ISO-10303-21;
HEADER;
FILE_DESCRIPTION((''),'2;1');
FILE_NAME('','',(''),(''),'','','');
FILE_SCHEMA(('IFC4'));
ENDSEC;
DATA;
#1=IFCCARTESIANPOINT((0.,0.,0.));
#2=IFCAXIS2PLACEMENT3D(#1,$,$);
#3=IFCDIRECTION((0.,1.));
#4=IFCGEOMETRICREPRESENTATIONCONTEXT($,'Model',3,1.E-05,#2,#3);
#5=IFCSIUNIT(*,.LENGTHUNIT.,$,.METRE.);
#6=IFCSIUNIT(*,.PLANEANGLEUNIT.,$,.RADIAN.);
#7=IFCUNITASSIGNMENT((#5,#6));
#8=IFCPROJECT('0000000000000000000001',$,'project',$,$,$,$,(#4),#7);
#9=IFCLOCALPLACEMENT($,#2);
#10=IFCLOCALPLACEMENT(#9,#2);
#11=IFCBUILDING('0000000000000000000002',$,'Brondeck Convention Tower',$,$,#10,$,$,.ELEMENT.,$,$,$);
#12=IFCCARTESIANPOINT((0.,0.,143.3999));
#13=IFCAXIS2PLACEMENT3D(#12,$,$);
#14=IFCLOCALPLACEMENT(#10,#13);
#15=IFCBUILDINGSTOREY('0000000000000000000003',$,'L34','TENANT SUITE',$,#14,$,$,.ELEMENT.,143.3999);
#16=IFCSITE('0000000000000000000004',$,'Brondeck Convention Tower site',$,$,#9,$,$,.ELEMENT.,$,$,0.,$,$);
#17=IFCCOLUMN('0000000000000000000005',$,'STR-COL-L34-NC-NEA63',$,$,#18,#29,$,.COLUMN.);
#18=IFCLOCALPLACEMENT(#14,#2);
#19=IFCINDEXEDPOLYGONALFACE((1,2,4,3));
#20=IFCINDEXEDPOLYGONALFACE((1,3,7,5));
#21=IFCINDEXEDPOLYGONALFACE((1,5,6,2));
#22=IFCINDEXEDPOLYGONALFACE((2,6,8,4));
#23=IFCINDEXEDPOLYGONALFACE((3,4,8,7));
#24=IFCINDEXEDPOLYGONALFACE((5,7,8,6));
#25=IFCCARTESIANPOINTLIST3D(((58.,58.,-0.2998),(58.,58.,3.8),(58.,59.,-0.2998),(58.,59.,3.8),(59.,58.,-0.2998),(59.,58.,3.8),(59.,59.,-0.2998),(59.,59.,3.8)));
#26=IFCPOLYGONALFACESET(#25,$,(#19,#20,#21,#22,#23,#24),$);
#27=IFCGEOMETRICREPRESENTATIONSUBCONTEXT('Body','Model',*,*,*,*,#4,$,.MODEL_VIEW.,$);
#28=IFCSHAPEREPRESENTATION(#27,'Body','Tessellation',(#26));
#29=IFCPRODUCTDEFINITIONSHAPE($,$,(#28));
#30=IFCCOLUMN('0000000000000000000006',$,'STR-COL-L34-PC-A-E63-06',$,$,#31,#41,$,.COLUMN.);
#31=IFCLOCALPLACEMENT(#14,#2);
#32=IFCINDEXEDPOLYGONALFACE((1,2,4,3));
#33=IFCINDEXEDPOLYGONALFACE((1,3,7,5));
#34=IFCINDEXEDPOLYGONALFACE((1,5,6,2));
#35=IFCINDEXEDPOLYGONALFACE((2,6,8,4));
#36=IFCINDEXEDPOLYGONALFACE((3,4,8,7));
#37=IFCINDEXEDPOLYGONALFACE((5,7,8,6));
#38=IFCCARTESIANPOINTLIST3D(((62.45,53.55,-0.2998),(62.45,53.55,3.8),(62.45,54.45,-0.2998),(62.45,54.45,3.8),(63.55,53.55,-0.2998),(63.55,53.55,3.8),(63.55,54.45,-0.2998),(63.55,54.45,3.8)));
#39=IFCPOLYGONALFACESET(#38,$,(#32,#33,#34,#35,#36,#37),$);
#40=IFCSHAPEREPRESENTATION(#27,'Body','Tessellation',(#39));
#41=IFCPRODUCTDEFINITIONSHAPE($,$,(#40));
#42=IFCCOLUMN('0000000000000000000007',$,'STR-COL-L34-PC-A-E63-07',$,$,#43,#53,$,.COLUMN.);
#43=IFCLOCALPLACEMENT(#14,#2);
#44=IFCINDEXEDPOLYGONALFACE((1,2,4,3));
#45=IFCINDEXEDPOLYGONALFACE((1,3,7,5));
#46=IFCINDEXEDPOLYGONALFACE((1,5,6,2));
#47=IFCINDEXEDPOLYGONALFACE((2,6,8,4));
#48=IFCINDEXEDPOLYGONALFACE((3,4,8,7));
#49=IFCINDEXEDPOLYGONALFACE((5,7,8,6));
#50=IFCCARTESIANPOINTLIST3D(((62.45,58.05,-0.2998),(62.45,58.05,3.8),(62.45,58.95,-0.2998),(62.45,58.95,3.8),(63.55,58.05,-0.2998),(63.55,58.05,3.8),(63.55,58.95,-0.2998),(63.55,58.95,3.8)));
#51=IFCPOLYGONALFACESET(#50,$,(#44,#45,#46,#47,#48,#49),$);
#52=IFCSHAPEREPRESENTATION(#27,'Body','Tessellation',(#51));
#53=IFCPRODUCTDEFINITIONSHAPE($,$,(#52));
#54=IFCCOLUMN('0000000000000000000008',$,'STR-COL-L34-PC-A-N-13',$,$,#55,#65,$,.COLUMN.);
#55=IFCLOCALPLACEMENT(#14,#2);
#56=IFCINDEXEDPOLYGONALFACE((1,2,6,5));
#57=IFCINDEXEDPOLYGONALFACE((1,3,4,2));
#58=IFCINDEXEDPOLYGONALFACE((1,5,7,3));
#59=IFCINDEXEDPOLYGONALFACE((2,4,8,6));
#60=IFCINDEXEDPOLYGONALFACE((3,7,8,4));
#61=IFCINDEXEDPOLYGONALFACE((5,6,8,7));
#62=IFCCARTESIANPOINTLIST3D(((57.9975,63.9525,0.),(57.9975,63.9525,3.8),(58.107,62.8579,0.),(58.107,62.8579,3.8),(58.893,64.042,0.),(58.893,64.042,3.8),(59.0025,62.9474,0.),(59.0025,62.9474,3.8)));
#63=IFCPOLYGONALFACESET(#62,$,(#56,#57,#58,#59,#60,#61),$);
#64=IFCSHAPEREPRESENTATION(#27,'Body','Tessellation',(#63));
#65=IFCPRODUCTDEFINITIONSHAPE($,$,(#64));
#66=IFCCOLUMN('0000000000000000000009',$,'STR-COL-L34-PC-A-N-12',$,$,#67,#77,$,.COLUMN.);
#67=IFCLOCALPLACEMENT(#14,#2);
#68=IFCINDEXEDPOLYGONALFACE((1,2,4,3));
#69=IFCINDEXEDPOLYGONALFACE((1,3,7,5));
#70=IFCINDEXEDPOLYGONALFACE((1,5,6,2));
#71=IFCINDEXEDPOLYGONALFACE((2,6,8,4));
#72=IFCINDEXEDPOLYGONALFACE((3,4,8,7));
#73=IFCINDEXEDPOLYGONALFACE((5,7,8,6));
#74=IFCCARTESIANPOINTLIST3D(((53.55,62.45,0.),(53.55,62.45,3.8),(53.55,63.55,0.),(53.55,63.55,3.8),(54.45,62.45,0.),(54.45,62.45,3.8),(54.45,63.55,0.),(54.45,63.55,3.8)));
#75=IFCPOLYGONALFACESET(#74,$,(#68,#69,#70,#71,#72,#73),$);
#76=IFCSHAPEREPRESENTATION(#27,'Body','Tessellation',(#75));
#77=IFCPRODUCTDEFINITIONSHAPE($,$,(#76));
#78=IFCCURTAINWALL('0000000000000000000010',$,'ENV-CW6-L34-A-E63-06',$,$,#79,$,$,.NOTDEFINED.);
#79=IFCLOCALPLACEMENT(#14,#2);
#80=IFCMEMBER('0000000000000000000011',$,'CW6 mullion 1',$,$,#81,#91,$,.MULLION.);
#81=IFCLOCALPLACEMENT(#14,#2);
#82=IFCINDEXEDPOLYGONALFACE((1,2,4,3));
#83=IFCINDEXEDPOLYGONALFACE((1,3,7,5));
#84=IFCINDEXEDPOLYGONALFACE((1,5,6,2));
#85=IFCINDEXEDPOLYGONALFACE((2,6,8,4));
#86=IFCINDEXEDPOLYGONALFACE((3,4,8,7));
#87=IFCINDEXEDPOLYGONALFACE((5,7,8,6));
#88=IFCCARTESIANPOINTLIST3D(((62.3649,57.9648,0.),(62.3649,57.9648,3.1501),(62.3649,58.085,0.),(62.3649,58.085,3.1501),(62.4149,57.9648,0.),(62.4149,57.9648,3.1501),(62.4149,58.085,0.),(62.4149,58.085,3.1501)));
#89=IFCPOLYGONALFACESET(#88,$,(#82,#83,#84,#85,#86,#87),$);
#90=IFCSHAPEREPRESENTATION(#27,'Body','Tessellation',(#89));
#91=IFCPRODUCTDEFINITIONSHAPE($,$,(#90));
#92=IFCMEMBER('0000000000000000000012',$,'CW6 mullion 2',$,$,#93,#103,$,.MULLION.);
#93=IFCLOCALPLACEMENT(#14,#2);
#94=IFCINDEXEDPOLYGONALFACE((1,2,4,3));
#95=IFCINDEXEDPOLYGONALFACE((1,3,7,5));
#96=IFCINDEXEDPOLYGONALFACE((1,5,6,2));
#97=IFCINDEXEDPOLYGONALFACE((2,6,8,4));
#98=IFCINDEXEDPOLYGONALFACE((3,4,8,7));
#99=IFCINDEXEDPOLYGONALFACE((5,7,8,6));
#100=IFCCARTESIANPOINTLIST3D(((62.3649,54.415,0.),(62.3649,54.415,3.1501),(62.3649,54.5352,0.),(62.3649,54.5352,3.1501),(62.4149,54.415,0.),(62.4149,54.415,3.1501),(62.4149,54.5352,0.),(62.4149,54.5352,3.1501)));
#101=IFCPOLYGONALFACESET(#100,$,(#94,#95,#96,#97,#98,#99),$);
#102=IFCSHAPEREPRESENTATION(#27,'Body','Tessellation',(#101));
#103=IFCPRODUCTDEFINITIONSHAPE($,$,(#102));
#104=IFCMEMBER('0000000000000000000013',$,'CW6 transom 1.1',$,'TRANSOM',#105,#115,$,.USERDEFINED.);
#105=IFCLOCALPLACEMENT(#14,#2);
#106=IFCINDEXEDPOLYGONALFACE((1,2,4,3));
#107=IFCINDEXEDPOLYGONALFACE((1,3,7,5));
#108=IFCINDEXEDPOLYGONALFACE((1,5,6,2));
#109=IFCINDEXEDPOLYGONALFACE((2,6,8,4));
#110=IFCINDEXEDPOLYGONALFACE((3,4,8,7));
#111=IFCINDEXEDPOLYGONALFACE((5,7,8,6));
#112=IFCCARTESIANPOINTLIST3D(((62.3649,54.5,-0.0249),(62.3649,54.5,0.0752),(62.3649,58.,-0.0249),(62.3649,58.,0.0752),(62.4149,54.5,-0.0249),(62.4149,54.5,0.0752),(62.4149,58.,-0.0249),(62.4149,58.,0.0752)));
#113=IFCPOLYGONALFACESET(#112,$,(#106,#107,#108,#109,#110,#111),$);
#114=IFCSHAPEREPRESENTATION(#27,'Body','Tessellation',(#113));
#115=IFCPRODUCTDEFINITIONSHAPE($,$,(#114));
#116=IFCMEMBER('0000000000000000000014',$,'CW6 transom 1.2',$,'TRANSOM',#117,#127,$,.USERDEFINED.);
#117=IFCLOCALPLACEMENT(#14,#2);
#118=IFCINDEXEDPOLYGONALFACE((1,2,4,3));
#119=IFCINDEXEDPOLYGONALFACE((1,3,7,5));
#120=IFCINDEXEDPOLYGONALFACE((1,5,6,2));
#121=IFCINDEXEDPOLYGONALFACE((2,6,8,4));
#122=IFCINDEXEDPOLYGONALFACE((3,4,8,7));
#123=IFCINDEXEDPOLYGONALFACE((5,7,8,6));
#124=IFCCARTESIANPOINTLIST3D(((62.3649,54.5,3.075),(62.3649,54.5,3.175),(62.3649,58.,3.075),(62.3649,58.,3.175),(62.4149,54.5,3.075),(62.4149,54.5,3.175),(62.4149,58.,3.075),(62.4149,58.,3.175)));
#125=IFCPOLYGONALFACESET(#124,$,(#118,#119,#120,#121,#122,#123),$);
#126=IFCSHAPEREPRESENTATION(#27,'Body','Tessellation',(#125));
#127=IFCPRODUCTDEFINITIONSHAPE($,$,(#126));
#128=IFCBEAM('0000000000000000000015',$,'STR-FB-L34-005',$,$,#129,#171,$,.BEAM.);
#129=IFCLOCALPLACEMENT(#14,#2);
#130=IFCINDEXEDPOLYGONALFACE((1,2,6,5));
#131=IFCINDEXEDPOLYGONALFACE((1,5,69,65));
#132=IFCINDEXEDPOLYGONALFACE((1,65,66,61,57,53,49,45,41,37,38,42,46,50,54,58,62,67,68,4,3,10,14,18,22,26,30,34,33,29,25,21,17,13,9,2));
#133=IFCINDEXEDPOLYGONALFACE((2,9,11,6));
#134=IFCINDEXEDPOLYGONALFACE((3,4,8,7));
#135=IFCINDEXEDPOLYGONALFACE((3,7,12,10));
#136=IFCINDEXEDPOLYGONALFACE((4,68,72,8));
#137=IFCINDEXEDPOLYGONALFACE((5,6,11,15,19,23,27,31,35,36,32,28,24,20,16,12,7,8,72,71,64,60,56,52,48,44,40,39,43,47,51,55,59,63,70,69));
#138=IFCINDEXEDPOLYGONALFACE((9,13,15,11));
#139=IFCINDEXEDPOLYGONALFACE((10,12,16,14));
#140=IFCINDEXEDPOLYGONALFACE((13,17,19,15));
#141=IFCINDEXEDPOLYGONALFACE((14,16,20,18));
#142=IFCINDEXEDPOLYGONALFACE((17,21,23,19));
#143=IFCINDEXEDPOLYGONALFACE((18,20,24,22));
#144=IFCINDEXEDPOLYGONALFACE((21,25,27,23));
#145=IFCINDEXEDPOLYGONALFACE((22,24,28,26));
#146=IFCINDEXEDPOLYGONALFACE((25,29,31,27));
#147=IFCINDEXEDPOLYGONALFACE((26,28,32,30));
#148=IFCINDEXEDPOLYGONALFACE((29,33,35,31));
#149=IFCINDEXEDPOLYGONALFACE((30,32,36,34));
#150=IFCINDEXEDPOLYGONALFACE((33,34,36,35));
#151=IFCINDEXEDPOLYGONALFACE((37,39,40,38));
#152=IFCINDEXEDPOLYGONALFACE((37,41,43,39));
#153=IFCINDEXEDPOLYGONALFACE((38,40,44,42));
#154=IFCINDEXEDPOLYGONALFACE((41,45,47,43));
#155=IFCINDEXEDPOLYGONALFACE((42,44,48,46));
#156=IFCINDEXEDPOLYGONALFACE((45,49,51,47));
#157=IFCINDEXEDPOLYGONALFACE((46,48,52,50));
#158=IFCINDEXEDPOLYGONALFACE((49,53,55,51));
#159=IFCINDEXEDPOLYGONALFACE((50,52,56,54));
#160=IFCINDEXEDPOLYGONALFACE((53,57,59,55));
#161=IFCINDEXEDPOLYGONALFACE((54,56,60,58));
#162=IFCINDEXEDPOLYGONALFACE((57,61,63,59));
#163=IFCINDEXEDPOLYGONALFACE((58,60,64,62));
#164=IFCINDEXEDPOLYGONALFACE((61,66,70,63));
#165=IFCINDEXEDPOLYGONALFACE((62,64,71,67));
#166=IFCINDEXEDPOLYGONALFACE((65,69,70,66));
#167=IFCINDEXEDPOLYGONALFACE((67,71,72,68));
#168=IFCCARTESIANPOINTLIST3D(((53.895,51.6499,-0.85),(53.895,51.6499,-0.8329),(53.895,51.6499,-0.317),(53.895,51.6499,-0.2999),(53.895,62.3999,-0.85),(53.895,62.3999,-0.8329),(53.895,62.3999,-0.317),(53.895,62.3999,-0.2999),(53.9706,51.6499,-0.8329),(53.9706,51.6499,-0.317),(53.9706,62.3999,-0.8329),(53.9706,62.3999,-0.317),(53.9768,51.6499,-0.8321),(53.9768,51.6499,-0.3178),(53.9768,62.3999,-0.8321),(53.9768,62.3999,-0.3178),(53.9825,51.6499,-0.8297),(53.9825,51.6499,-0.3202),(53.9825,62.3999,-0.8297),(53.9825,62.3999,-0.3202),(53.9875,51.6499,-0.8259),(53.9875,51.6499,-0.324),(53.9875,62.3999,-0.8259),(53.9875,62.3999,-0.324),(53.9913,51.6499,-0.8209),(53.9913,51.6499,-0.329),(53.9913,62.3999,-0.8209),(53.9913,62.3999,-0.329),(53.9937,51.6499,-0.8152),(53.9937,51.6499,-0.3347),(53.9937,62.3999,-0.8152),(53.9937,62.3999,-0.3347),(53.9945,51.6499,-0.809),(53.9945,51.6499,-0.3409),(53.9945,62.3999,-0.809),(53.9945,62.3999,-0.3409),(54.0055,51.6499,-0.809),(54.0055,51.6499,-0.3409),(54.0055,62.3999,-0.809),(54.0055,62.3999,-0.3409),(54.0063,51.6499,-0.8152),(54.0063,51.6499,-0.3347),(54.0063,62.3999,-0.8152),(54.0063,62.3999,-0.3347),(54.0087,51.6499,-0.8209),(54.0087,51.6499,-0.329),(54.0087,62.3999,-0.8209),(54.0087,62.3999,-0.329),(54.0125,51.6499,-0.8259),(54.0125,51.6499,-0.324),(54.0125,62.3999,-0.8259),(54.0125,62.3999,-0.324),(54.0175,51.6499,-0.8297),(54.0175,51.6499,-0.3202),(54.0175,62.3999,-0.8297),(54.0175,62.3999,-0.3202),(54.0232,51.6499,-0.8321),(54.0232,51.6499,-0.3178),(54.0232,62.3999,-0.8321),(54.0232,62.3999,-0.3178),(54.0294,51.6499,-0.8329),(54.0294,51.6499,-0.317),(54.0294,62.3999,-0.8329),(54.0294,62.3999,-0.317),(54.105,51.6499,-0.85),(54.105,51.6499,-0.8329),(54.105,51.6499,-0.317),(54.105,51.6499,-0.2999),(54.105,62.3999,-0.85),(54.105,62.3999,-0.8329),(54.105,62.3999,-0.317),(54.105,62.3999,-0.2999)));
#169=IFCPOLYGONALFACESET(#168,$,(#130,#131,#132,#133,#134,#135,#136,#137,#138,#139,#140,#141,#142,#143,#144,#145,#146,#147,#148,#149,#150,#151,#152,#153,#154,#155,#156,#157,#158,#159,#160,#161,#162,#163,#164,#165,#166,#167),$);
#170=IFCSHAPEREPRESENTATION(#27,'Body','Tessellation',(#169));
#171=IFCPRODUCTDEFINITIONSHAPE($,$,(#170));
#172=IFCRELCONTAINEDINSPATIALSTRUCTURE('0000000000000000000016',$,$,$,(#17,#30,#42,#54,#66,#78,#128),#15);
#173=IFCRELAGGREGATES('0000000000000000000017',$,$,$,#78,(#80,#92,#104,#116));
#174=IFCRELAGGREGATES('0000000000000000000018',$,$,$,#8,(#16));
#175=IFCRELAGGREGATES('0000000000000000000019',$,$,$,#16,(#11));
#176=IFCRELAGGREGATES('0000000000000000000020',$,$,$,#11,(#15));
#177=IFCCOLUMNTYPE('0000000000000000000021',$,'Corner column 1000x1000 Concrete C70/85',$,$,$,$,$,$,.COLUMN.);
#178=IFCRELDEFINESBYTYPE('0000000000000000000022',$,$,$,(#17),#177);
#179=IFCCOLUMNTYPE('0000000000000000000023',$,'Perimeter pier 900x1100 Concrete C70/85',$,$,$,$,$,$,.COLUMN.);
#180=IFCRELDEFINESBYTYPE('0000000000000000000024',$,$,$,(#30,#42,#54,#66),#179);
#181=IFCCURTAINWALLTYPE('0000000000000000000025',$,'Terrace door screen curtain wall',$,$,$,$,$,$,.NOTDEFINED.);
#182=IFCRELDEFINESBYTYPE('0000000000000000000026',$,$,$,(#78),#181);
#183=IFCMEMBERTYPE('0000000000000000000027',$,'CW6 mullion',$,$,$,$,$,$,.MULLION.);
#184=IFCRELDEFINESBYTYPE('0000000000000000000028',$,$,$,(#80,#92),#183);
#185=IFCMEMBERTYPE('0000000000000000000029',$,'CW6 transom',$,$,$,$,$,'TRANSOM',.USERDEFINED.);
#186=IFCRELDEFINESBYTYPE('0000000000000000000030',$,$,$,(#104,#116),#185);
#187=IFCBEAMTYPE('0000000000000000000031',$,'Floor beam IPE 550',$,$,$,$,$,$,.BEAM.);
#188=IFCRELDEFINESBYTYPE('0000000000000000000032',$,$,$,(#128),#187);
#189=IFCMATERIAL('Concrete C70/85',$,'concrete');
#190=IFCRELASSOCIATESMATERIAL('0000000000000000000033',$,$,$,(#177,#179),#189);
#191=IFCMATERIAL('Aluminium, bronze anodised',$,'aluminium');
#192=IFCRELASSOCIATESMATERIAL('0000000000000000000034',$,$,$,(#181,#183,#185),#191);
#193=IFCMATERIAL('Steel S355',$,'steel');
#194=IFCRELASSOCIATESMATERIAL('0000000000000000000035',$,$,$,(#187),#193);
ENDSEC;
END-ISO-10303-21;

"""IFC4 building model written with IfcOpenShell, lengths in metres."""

from ifc_helpers import new_model, si_unit, direction, frame, origin, origin_2d, place, context, subcontext, project, spatial, rectangle, i_section, extrude, material, material_profile, profile_set, type_object, element, aggregate, save


model = new_model("IFC4")

# Units and contexts
model_context = context("Model", 3, precision=1e-05, world=origin(), true_north=direction((0.0, 1.0)))
body_context = subcontext(model_context, "Body", "Model", "MODEL_VIEW")
ifc_project = project(units=[si_unit("LENGTHUNIT", "METRE"), si_unit("PLANEANGLEUNIT", "RADIAN")], contexts=[model_context])

# Site, building, storey
site_placement = place(None, origin())
site = spatial("IfcSite", under=ifc_project, at=site_placement, Name="Brondeck Convention Tower site", CompositionType="ELEMENT", RefElevation=0.0)
building_placement = place(site_placement, origin())
building = spatial("IfcBuilding", under=site, at=building_placement, Name="Brondeck Convention Tower", CompositionType="ELEMENT")
storey_placement = place(building_placement, frame((0.0, 0.0, 143.3999)))
storey = spatial("IfcBuildingStorey", under=building, at=storey_placement, Name="L34", Description="TENANT SUITE", CompositionType="ELEMENT", Elevation=143.3999)

# Columns
ifc_material_1 = material(Name="Concrete C70/85", Category="concrete")
ifc_material_profile_1 = material_profile(ifc_material_1, rectangle(XDim=1.0, YDim=1.0, at=origin_2d()), Name="Corner column 1000x1000 Concrete C70/85")
ifc_profile_set_1 = profile_set([ifc_material_profile_1], Name="Concrete C70/85")
column_type_1 = type_object("IfcColumnType", Name="Corner column 1000x1000 Concrete C70/85", PredefinedType="COLUMN", material=ifc_profile_set_1)
column_placement = place(storey_placement, frame((58.5, 58.5, -0.2998), z_axis=(0.0, 0.0, 1.0), x_axis=(1.0, 0.0, 0.0)))
element("IfcColumn", 1, at=column_placement, inside=storey, type_object=column_type_1, Name="STR-COL-L34-NC-NEA63", PredefinedType="COLUMN", context=body_context, shape_type="SweptSolid", body=[
    extrude(rectangle(XDim=1.0, YDim=1.0, at=origin_2d()), origin(), (0.0, 0.0, 1.0), 4.0999),
])
ifc_material_profile_2 = material_profile(ifc_material_1, rectangle(XDim=0.8999, YDim=1.1001, at=origin_2d()), Name="Perimeter pier 900x1100 Concrete C70/85")
ifc_profile_set_2 = profile_set([ifc_material_profile_2], Name="Concrete C70/85")
column_type_2 = type_object("IfcColumnType", Name="Perimeter pier 900x1100 Concrete C70/85", PredefinedType="COLUMN", material=ifc_profile_set_2)
for number, where, z_axis, x_axis, name in (
    (2, (63.0, 54.0, -0.2998), (0.0, 0.0, 1.0), (0.0, 1.0, 0.0), "STR-COL-L34-PC-A-E63-06"),
    (3, (63.0, 58.5, -0.2998), (0.0, 0.0, 1.0), (0.0, 1.0, 0.0), "STR-COL-L34-PC-A-E63-07"),
):
    element("IfcColumn", number, at=place(storey_placement, frame(where, z_axis=z_axis, x_axis=x_axis)), inside=storey, type_object=column_type_2, Name=name, PredefinedType="COLUMN", context=body_context, shape_type="SweptSolid", body=[
        extrude(rectangle(XDim=0.8999, YDim=1.1001, at=origin_2d()), origin(), (0.0, 0.0, 1.0), 4.0999),
    ])
for number, where, z_axis, x_axis, name in (
    (4, (58.5, 63.45, 0.0), (0.0, 0.0, 1.0), (-0.995037, -0.099504, 0.0), "STR-COL-L34-PC-A-N-13"),
    (5, (54.0, 63.0, 0.0), (0.0, 0.0, 1.0), (-1.0, 0.0, 0.0), "STR-COL-L34-PC-A-N-12"),
):
    element("IfcColumn", number, at=place(storey_placement, frame(where, z_axis=z_axis, x_axis=x_axis)), inside=storey, type_object=column_type_2, Name=name, PredefinedType="COLUMN", context=body_context, shape_type="SweptSolid", body=[
        extrude(rectangle(XDim=0.8999, YDim=1.1001, at=origin_2d()), origin(), (0.0, 0.0, 1.0), 3.8),
    ])

# Curtain wall, members
ifc_material_2 = material(Name="Aluminium, bronze anodised", Category="aluminium")
curtain_wall_type = type_object("IfcCurtainWallType", Name="Terrace door screen curtain wall", PredefinedType="NOTDEFINED", material=ifc_material_2)
curtain_wall_placement = place(storey_placement, origin())
curtain_wall = element("IfcCurtainWall", 6, at=curtain_wall_placement, inside=storey, type_object=curtain_wall_type, Name="ENV-CW6-L34-A-E63-06", PredefinedType="NOTDEFINED")
ifc_material_profile_3 = material_profile(ifc_material_2, rectangle(XDim=0.05, YDim=0.1201, at=origin_2d()), Name="CW6 mullion")
ifc_profile_set_3 = profile_set([ifc_material_profile_3], Name="Aluminium, bronze anodised")
member_type_1 = type_object("IfcMemberType", Name="CW6 mullion", PredefinedType="MULLION", material=ifc_profile_set_3)
member_1_placement = place(storey_placement, frame((62.3899, 58.0249, 0.0), z_axis=(0.0, 0.0, 1.0), x_axis=(1.0, 0.0, 0.0)))
member_1 = element("IfcMember", 7, at=member_1_placement, type_object=member_type_1, Name="CW6 mullion 1", PredefinedType="MULLION", context=body_context, shape_type="SweptSolid", body=[
    extrude(rectangle(XDim=0.05, YDim=0.1201, at=origin_2d()), origin(), (0.0, 0.0, 1.0), 3.1501),
])
member_2_placement = place(storey_placement, frame((62.3899, 54.4751, 0.0), z_axis=(0.0, 0.0, 1.0), x_axis=(1.0, 0.0, 0.0)))
member_2 = element("IfcMember", 8, at=member_2_placement, type_object=member_type_1, Name="CW6 mullion 2", PredefinedType="MULLION", context=body_context, shape_type="SweptSolid", body=[
    extrude(rectangle(XDim=0.05, YDim=0.1201, at=origin_2d()), origin(), (0.0, 0.0, 1.0), 3.1501),
])
ifc_material_profile_4 = material_profile(ifc_material_2, rectangle(XDim=0.05, YDim=0.1001, at=origin_2d()), Name="CW6 transom")
ifc_profile_set_4 = profile_set([ifc_material_profile_4], Name="Aluminium, bronze anodised")
member_type_2 = type_object("IfcMemberType", Name="CW6 transom", ElementType="TRANSOM", PredefinedType="USERDEFINED", material=ifc_profile_set_4)
member_3_placement = place(storey_placement, frame((62.3899, 58.0, 0.0251), z_axis=(0.0, -1.0, 0.0), x_axis=(1.0, 0.0, 0.0)))
member_3 = element("IfcMember", 9, at=member_3_placement, type_object=member_type_2, Name="CW6 transom 1.1", ObjectType="TRANSOM", PredefinedType="USERDEFINED", context=body_context, shape_type="SweptSolid", body=[
    extrude(rectangle(XDim=0.05, YDim=0.1001, at=origin_2d()), origin(), (0.0, 0.0, 1.0), 3.5),
])
member_4_placement = place(storey_placement, frame((62.3899, 58.0, 3.125), z_axis=(0.0, -1.0, 0.0), x_axis=(1.0, 0.0, 0.0)))
member_4 = element("IfcMember", 10, at=member_4_placement, type_object=member_type_2, Name="CW6 transom 1.2", ObjectType="TRANSOM", PredefinedType="USERDEFINED", context=body_context, shape_type="SweptSolid", body=[
    extrude(rectangle(XDim=0.05, YDim=0.1001, at=origin_2d()), origin(), (0.0, 0.0, 1.0), 3.5),
])

# Beam
ifc_material_3 = material(Name="Steel S355", Category="steel")
ifc_material_profile_5 = material_profile(ifc_material_3, i_section(OverallWidth=0.21, OverallDepth=0.55, WebThickness=0.011, FlangeThickness=0.0171, FilletRadius=0.0239, at=origin_2d()), Name="IPE 550")
ifc_profile_set_5 = profile_set([ifc_material_profile_5], Name="Steel S355")
beam_type_1 = type_object("IfcBeamType", Name="Floor beam IPE 550", PredefinedType="BEAM", material=ifc_profile_set_5)
beam_1_placement = place(storey_placement, frame((54.0, 51.6499, -0.575), z_axis=(0.0, 1.0, 0.0), x_axis=(-1.0, 0.0, 0.0)))
element("IfcBeam", 11, at=beam_1_placement, inside=storey, type_object=beam_type_1, Name="STR-FB-L34-005", PredefinedType="BEAM", context=body_context, shape_type="SweptSolid", body=[
    extrude(i_section(OverallWidth=0.21, OverallDepth=0.55, WebThickness=0.011, FlangeThickness=0.0171, FilletRadius=0.0239, at=origin_2d()), origin(), (0.0, 0.0, 1.0), 10.75),
])

aggregate(curtain_wall, [member_1, member_2, member_3, member_4])

save(model, "model.ifc")
